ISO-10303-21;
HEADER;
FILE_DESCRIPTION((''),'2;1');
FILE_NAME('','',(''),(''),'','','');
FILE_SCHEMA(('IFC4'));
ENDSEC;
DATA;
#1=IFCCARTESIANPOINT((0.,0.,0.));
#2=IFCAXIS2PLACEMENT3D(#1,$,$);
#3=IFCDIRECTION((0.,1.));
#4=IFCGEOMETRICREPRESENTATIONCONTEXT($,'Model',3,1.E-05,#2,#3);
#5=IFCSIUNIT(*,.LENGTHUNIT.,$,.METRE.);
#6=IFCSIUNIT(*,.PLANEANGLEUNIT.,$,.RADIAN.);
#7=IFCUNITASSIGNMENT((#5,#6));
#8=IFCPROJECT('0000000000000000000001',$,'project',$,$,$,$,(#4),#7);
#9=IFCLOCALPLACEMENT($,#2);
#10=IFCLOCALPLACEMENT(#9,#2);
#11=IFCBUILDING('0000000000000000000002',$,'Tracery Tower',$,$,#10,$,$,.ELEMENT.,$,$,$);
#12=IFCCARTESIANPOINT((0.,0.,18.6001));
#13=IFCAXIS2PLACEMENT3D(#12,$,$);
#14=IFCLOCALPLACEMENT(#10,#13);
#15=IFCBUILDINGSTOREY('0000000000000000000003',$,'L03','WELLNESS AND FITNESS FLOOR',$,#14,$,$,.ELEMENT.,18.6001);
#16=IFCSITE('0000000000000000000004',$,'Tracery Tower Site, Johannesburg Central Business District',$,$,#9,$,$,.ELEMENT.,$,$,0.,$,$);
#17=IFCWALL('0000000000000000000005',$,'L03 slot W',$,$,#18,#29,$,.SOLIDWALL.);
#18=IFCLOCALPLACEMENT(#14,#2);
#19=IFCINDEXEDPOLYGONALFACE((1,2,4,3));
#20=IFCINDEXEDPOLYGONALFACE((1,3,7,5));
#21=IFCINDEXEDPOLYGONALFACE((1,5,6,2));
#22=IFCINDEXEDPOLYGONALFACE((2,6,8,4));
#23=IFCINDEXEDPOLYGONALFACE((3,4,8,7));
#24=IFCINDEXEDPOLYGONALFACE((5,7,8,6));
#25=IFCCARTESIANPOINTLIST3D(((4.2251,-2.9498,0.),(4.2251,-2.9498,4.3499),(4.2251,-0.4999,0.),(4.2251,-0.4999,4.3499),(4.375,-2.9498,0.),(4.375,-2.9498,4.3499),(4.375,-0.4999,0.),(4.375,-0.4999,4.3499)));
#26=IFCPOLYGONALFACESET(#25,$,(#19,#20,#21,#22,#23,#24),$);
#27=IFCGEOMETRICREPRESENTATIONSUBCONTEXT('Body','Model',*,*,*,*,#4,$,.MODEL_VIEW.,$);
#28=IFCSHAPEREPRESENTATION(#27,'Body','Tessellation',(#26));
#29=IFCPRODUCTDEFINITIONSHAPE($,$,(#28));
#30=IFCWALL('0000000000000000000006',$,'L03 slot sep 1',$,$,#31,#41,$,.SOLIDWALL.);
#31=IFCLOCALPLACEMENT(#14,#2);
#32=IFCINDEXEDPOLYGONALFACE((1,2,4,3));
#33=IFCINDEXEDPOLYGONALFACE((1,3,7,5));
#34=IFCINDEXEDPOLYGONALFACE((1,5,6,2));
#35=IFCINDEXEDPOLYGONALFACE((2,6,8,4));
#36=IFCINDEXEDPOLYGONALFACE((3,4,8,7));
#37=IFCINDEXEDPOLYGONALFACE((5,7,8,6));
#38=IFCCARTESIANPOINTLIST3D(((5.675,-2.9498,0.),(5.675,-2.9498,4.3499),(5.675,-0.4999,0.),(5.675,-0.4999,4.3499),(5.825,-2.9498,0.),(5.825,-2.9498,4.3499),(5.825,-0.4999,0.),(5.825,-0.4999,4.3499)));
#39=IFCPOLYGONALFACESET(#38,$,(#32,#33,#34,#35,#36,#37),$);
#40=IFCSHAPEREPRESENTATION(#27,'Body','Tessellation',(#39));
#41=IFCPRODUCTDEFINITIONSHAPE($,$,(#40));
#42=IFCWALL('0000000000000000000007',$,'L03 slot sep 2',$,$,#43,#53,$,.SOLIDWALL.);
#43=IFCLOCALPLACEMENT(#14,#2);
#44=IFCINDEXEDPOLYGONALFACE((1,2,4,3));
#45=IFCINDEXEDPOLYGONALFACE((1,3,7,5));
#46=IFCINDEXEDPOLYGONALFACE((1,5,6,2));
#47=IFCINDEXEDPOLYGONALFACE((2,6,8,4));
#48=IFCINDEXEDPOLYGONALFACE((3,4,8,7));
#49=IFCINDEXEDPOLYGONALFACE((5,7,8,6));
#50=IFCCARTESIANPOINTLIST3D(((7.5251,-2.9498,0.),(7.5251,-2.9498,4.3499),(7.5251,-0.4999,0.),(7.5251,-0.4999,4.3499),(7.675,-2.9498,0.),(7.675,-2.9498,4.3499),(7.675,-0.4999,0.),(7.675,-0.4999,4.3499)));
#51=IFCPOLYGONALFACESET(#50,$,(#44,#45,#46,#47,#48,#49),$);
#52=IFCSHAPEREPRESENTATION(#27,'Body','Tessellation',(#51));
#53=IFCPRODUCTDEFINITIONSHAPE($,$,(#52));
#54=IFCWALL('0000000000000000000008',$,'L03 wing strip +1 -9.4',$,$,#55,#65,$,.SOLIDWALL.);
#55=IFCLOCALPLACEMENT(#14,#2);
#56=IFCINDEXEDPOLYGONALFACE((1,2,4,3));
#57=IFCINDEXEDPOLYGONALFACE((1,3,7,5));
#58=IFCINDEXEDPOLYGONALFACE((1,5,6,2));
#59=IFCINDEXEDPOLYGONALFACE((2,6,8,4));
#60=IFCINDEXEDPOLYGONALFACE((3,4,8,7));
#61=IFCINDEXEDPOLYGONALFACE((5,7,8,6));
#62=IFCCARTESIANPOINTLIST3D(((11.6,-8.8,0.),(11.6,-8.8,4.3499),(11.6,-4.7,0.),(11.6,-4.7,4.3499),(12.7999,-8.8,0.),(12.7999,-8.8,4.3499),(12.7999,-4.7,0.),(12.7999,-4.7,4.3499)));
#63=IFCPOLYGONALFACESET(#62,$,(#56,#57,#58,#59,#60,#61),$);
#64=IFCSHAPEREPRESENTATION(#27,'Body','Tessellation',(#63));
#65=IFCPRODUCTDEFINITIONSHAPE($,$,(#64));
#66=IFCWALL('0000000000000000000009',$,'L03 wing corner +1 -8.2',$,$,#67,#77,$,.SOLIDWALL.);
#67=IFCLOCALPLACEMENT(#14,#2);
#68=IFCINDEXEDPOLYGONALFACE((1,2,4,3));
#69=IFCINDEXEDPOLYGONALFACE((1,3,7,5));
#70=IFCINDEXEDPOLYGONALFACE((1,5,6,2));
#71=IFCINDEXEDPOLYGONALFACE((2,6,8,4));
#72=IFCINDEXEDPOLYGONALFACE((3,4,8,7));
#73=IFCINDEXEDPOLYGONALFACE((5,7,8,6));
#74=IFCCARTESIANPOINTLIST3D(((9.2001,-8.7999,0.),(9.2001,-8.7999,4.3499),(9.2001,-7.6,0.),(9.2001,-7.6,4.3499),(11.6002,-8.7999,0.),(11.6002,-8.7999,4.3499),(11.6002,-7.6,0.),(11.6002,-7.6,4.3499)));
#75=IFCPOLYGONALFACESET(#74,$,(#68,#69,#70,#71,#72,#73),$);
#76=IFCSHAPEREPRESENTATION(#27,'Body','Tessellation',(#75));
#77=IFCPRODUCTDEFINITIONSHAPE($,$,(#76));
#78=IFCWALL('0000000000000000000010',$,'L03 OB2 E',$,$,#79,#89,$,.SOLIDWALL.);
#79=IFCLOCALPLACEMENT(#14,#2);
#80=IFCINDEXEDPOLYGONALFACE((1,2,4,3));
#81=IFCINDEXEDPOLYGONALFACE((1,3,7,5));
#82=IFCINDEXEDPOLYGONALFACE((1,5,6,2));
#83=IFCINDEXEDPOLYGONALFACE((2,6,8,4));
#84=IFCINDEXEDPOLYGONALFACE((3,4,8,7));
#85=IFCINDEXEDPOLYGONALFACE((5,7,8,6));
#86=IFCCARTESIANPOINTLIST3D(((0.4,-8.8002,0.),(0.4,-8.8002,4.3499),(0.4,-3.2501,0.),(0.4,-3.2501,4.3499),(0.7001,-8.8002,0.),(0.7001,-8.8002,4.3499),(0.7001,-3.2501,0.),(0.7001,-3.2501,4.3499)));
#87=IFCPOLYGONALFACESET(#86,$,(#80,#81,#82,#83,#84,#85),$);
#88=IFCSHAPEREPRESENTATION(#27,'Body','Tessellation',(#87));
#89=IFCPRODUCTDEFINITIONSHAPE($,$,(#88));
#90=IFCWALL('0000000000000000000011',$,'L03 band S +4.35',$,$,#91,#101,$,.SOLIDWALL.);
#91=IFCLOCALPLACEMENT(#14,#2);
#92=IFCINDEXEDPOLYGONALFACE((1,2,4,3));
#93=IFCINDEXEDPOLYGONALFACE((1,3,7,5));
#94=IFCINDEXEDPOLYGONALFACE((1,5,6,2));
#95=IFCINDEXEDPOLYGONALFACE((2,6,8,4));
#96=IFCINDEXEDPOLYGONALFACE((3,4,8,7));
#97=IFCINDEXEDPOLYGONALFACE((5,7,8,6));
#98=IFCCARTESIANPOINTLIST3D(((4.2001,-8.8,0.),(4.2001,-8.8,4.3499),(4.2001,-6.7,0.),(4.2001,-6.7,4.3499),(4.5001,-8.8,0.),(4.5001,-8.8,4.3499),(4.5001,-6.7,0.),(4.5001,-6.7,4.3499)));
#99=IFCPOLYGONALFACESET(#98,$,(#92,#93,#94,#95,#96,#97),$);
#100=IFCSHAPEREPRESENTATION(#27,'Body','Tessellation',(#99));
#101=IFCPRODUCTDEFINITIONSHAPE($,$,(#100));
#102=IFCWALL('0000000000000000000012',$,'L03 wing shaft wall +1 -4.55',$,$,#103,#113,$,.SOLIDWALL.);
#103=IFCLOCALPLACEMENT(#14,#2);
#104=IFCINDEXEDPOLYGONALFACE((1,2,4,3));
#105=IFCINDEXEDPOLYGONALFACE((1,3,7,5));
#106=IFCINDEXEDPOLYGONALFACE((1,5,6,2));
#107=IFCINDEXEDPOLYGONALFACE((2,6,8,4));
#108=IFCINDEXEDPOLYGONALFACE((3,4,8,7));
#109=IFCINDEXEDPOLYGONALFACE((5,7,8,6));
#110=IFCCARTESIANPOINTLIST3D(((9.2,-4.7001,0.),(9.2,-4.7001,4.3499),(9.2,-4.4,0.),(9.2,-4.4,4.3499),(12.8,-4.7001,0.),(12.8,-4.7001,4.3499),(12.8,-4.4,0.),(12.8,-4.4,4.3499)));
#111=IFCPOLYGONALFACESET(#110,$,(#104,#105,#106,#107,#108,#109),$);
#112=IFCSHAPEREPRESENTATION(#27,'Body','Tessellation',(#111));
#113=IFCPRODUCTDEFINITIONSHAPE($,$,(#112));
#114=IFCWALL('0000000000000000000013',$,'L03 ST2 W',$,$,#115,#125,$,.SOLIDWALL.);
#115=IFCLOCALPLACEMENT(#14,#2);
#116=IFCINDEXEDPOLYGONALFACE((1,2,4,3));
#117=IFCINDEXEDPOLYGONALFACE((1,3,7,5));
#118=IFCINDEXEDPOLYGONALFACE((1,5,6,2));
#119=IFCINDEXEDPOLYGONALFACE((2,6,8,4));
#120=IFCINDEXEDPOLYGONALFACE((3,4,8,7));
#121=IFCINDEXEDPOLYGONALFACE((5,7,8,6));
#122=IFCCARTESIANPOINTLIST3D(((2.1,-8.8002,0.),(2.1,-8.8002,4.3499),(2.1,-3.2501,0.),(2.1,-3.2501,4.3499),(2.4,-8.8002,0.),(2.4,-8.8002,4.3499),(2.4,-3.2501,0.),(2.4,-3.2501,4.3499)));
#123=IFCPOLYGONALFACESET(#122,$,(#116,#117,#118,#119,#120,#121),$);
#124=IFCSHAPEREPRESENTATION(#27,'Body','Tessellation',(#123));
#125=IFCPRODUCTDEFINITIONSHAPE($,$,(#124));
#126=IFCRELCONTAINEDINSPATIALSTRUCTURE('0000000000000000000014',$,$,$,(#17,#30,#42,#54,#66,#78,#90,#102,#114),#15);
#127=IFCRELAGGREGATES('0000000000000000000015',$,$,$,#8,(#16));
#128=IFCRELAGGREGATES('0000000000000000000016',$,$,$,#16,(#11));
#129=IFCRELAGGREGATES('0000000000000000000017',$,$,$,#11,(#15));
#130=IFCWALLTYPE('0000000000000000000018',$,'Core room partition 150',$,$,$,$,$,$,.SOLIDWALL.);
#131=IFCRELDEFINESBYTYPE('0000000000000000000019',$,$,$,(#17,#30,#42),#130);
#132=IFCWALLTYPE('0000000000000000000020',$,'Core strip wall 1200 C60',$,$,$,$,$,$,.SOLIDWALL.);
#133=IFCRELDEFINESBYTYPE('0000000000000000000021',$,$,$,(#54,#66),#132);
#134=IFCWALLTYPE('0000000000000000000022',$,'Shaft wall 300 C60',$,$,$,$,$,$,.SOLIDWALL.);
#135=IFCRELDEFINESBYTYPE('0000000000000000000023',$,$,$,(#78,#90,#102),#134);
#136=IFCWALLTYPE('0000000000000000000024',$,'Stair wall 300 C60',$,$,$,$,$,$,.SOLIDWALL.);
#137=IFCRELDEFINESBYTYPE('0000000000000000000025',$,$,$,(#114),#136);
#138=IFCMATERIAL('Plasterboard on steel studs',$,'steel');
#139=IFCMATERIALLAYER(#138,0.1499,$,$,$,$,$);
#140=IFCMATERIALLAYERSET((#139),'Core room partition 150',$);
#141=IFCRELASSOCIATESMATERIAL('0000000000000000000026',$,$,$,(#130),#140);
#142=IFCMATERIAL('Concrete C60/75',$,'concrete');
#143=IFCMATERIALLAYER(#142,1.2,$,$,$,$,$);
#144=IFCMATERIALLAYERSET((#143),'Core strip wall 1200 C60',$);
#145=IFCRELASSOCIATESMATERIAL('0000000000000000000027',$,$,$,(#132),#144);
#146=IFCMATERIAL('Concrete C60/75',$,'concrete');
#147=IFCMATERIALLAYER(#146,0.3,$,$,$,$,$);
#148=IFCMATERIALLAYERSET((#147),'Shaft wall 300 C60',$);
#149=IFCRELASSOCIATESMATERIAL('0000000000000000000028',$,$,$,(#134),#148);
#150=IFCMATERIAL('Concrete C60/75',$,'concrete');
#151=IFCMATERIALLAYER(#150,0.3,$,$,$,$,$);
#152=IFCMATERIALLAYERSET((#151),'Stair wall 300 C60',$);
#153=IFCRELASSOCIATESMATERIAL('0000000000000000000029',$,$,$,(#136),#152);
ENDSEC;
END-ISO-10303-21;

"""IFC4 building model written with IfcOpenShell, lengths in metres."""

from ifc_helpers import new_model, si_unit, direction, frame, frame_2d, origin, place, context, subcontext, project, spatial, rectangle, extrude, material, layer, layer_set, type_object, element, save


model = new_model("IFC4")

# Units and contexts
model_context = context("Model", 3, precision=1e-05, world=origin(), true_north=direction((0.0, 1.0)))
body_context = subcontext(model_context, "Body", "Model", "MODEL_VIEW")
ifc_project = project(units=[si_unit("LENGTHUNIT", "METRE"), si_unit("PLANEANGLEUNIT", "RADIAN")], contexts=[model_context])

# Site, building, storey
site_placement = place(None, origin())
site = spatial("IfcSite", under=ifc_project, at=site_placement, Name="Tracery Tower Site, Johannesburg Central Business District", CompositionType="ELEMENT", RefElevation=0.0)
building_placement = place(site_placement, origin())
building = spatial("IfcBuilding", under=site, at=building_placement, Name="Tracery Tower", CompositionType="ELEMENT")
storey_placement = place(building_placement, frame((0.0, 0.0, 18.6001)))
storey = spatial("IfcBuildingStorey", under=building, at=storey_placement, Name="L03", Description="WELLNESS AND FITNESS FLOOR", CompositionType="ELEMENT", Elevation=18.6001)

# Walls
ifc_material_1 = material(Name="Plasterboard on steel studs", Category="steel")
ifc_layer_1 = layer(ifc_material_1, 0.1499)
ifc_layer_set_1 = layer_set([ifc_layer_1], Name="Core room partition 150")
wall_type_1 = type_object("IfcWallType", Name="Core room partition 150", PredefinedType="SOLIDWALL", material=ifc_layer_set_1)
for number, where, z_axis, x_axis, name in (
    (1, (4.3, -2.95, 0.0), (0.0, 0.0, 1.0), (0.0, 1.0, 0.0), "L03 slot W"),
    (2, (5.75, -2.95, 0.0), (0.0, 0.0, 1.0), (0.0, 1.0, 0.0), "L03 slot sep 1"),
    (3, (7.6001, -2.95, 0.0), (0.0, 0.0, 1.0), (0.0, 1.0, 0.0), "L03 slot sep 2"),
):
    element("IfcWall", number, at=place(storey_placement, frame(where, z_axis=z_axis, x_axis=x_axis)), inside=storey, type_object=wall_type_1, Name=name, PredefinedType="SOLIDWALL", context=body_context, shape_type="SweptSolid", body=[
        extrude(rectangle(XDim=2.45, YDim=0.1499, at=frame_2d((1.2251, 0.0))), origin(), (0.0, 0.0, 1.0), 4.3499),
    ])
ifc_material_2 = material(Name="Concrete C60/75", Category="concrete")
ifc_layer_2 = layer(ifc_material_2, 1.2)
ifc_layer_set_2 = layer_set([ifc_layer_2], Name="Core strip wall 1200 C60")
wall_type_2 = type_object("IfcWallType", Name="Core strip wall 1200 C60", PredefinedType="SOLIDWALL", material=ifc_layer_set_2)
wall_1_placement = place(storey_placement, frame((12.2, -8.8, 0.0), z_axis=(0.0, 0.0, 1.0), x_axis=(0.0, 1.0, 0.0)))
element("IfcWall", 4, at=wall_1_placement, inside=storey, type_object=wall_type_2, Name="L03 wing strip +1 -9.4", PredefinedType="SOLIDWALL", context=body_context, shape_type="SweptSolid", body=[
    extrude(rectangle(XDim=4.1001, YDim=1.2, at=frame_2d((2.05, 0.0))), origin(), (0.0, 0.0, 1.0), 4.3499),
])
wall_2_placement = place(storey_placement, frame((9.2, -8.2, 0.0), z_axis=(0.0, 0.0, 1.0), x_axis=(1.0, 0.0, 0.0)))
element("IfcWall", 5, at=wall_2_placement, inside=storey, type_object=wall_type_2, Name="L03 wing corner +1 -8.2", PredefinedType="SOLIDWALL", context=body_context, shape_type="SweptSolid", body=[
    extrude(rectangle(XDim=2.4001, YDim=1.2, at=frame_2d((1.2002, 0.0))), origin(), (0.0, 0.0, 1.0), 4.3499),
])

# Walls
ifc_material_3 = material(Name="Concrete C60/75", Category="concrete")
ifc_layer_3 = layer(ifc_material_3, 0.3)
ifc_layer_set_3 = layer_set([ifc_layer_3], Name="Shaft wall 300 C60")
wall_type_3 = type_object("IfcWallType", Name="Shaft wall 300 C60", PredefinedType="SOLIDWALL", material=ifc_layer_set_3)
wall_3_placement = place(storey_placement, frame((0.55, -8.8, 0.0), z_axis=(0.0, 0.0, 1.0), x_axis=(0.0, 1.0, 0.0)))
element("IfcWall", 6, at=wall_3_placement, inside=storey, type_object=wall_type_3, Name="L03 OB2 E", PredefinedType="SOLIDWALL", context=body_context, shape_type="SweptSolid", body=[
    extrude(rectangle(XDim=5.55, YDim=0.3, at=frame_2d((2.7749, 0.0))), origin(), (0.0, 0.0, 1.0), 4.3499),
])
wall_4_placement = place(storey_placement, frame((4.3501, -8.8, 0.0), z_axis=(0.0, 0.0, 1.0), x_axis=(0.0, 1.0, 0.0)))
element("IfcWall", 7, at=wall_4_placement, inside=storey, type_object=wall_type_3, Name="L03 band S +4.35", PredefinedType="SOLIDWALL", context=body_context, shape_type="SweptSolid", body=[
    extrude(rectangle(XDim=2.1001, YDim=0.3, at=frame_2d((1.05, 0.0))), origin(), (0.0, 0.0, 1.0), 4.3499),
])
wall_5_placement = place(storey_placement, frame((9.2, -4.55, 0.0), z_axis=(0.0, 0.0, 1.0), x_axis=(1.0, 0.0, 0.0)))
element("IfcWall", 8, at=wall_5_placement, inside=storey, type_object=wall_type_3, Name="L03 wing shaft wall +1 -4.55", PredefinedType="SOLIDWALL", context=body_context, shape_type="SweptSolid", body=[
    extrude(rectangle(XDim=3.6001, YDim=0.3, at=frame_2d((1.8, 0.0))), origin(), (0.0, 0.0, 1.0), 4.3499),
])

# Shared definitions
ifc_material_4 = material(Name="Concrete C60/75", Category="concrete")
ifc_layer_4 = layer(ifc_material_4, 0.3)
ifc_layer_set_4 = layer_set([ifc_layer_4], Name="Stair wall 300 C60")
wall_type_4 = type_object("IfcWallType", Name="Stair wall 300 C60", PredefinedType="SOLIDWALL", material=ifc_layer_set_4)

# Wall
wall_6_placement = place(storey_placement, frame((2.25, -8.8, 0.0), z_axis=(0.0, 0.0, 1.0), x_axis=(0.0, 1.0, 0.0)))
element("IfcWall", 9, at=wall_6_placement, inside=storey, type_object=wall_type_4, Name="L03 ST2 W", PredefinedType="SOLIDWALL", context=body_context, shape_type="SweptSolid", body=[
    extrude(rectangle(XDim=5.55, YDim=0.3, at=frame_2d((2.7749, 0.0))), origin(), (0.0, 0.0, 1.0), 4.3499),
])

save(model, "model.ifc")
